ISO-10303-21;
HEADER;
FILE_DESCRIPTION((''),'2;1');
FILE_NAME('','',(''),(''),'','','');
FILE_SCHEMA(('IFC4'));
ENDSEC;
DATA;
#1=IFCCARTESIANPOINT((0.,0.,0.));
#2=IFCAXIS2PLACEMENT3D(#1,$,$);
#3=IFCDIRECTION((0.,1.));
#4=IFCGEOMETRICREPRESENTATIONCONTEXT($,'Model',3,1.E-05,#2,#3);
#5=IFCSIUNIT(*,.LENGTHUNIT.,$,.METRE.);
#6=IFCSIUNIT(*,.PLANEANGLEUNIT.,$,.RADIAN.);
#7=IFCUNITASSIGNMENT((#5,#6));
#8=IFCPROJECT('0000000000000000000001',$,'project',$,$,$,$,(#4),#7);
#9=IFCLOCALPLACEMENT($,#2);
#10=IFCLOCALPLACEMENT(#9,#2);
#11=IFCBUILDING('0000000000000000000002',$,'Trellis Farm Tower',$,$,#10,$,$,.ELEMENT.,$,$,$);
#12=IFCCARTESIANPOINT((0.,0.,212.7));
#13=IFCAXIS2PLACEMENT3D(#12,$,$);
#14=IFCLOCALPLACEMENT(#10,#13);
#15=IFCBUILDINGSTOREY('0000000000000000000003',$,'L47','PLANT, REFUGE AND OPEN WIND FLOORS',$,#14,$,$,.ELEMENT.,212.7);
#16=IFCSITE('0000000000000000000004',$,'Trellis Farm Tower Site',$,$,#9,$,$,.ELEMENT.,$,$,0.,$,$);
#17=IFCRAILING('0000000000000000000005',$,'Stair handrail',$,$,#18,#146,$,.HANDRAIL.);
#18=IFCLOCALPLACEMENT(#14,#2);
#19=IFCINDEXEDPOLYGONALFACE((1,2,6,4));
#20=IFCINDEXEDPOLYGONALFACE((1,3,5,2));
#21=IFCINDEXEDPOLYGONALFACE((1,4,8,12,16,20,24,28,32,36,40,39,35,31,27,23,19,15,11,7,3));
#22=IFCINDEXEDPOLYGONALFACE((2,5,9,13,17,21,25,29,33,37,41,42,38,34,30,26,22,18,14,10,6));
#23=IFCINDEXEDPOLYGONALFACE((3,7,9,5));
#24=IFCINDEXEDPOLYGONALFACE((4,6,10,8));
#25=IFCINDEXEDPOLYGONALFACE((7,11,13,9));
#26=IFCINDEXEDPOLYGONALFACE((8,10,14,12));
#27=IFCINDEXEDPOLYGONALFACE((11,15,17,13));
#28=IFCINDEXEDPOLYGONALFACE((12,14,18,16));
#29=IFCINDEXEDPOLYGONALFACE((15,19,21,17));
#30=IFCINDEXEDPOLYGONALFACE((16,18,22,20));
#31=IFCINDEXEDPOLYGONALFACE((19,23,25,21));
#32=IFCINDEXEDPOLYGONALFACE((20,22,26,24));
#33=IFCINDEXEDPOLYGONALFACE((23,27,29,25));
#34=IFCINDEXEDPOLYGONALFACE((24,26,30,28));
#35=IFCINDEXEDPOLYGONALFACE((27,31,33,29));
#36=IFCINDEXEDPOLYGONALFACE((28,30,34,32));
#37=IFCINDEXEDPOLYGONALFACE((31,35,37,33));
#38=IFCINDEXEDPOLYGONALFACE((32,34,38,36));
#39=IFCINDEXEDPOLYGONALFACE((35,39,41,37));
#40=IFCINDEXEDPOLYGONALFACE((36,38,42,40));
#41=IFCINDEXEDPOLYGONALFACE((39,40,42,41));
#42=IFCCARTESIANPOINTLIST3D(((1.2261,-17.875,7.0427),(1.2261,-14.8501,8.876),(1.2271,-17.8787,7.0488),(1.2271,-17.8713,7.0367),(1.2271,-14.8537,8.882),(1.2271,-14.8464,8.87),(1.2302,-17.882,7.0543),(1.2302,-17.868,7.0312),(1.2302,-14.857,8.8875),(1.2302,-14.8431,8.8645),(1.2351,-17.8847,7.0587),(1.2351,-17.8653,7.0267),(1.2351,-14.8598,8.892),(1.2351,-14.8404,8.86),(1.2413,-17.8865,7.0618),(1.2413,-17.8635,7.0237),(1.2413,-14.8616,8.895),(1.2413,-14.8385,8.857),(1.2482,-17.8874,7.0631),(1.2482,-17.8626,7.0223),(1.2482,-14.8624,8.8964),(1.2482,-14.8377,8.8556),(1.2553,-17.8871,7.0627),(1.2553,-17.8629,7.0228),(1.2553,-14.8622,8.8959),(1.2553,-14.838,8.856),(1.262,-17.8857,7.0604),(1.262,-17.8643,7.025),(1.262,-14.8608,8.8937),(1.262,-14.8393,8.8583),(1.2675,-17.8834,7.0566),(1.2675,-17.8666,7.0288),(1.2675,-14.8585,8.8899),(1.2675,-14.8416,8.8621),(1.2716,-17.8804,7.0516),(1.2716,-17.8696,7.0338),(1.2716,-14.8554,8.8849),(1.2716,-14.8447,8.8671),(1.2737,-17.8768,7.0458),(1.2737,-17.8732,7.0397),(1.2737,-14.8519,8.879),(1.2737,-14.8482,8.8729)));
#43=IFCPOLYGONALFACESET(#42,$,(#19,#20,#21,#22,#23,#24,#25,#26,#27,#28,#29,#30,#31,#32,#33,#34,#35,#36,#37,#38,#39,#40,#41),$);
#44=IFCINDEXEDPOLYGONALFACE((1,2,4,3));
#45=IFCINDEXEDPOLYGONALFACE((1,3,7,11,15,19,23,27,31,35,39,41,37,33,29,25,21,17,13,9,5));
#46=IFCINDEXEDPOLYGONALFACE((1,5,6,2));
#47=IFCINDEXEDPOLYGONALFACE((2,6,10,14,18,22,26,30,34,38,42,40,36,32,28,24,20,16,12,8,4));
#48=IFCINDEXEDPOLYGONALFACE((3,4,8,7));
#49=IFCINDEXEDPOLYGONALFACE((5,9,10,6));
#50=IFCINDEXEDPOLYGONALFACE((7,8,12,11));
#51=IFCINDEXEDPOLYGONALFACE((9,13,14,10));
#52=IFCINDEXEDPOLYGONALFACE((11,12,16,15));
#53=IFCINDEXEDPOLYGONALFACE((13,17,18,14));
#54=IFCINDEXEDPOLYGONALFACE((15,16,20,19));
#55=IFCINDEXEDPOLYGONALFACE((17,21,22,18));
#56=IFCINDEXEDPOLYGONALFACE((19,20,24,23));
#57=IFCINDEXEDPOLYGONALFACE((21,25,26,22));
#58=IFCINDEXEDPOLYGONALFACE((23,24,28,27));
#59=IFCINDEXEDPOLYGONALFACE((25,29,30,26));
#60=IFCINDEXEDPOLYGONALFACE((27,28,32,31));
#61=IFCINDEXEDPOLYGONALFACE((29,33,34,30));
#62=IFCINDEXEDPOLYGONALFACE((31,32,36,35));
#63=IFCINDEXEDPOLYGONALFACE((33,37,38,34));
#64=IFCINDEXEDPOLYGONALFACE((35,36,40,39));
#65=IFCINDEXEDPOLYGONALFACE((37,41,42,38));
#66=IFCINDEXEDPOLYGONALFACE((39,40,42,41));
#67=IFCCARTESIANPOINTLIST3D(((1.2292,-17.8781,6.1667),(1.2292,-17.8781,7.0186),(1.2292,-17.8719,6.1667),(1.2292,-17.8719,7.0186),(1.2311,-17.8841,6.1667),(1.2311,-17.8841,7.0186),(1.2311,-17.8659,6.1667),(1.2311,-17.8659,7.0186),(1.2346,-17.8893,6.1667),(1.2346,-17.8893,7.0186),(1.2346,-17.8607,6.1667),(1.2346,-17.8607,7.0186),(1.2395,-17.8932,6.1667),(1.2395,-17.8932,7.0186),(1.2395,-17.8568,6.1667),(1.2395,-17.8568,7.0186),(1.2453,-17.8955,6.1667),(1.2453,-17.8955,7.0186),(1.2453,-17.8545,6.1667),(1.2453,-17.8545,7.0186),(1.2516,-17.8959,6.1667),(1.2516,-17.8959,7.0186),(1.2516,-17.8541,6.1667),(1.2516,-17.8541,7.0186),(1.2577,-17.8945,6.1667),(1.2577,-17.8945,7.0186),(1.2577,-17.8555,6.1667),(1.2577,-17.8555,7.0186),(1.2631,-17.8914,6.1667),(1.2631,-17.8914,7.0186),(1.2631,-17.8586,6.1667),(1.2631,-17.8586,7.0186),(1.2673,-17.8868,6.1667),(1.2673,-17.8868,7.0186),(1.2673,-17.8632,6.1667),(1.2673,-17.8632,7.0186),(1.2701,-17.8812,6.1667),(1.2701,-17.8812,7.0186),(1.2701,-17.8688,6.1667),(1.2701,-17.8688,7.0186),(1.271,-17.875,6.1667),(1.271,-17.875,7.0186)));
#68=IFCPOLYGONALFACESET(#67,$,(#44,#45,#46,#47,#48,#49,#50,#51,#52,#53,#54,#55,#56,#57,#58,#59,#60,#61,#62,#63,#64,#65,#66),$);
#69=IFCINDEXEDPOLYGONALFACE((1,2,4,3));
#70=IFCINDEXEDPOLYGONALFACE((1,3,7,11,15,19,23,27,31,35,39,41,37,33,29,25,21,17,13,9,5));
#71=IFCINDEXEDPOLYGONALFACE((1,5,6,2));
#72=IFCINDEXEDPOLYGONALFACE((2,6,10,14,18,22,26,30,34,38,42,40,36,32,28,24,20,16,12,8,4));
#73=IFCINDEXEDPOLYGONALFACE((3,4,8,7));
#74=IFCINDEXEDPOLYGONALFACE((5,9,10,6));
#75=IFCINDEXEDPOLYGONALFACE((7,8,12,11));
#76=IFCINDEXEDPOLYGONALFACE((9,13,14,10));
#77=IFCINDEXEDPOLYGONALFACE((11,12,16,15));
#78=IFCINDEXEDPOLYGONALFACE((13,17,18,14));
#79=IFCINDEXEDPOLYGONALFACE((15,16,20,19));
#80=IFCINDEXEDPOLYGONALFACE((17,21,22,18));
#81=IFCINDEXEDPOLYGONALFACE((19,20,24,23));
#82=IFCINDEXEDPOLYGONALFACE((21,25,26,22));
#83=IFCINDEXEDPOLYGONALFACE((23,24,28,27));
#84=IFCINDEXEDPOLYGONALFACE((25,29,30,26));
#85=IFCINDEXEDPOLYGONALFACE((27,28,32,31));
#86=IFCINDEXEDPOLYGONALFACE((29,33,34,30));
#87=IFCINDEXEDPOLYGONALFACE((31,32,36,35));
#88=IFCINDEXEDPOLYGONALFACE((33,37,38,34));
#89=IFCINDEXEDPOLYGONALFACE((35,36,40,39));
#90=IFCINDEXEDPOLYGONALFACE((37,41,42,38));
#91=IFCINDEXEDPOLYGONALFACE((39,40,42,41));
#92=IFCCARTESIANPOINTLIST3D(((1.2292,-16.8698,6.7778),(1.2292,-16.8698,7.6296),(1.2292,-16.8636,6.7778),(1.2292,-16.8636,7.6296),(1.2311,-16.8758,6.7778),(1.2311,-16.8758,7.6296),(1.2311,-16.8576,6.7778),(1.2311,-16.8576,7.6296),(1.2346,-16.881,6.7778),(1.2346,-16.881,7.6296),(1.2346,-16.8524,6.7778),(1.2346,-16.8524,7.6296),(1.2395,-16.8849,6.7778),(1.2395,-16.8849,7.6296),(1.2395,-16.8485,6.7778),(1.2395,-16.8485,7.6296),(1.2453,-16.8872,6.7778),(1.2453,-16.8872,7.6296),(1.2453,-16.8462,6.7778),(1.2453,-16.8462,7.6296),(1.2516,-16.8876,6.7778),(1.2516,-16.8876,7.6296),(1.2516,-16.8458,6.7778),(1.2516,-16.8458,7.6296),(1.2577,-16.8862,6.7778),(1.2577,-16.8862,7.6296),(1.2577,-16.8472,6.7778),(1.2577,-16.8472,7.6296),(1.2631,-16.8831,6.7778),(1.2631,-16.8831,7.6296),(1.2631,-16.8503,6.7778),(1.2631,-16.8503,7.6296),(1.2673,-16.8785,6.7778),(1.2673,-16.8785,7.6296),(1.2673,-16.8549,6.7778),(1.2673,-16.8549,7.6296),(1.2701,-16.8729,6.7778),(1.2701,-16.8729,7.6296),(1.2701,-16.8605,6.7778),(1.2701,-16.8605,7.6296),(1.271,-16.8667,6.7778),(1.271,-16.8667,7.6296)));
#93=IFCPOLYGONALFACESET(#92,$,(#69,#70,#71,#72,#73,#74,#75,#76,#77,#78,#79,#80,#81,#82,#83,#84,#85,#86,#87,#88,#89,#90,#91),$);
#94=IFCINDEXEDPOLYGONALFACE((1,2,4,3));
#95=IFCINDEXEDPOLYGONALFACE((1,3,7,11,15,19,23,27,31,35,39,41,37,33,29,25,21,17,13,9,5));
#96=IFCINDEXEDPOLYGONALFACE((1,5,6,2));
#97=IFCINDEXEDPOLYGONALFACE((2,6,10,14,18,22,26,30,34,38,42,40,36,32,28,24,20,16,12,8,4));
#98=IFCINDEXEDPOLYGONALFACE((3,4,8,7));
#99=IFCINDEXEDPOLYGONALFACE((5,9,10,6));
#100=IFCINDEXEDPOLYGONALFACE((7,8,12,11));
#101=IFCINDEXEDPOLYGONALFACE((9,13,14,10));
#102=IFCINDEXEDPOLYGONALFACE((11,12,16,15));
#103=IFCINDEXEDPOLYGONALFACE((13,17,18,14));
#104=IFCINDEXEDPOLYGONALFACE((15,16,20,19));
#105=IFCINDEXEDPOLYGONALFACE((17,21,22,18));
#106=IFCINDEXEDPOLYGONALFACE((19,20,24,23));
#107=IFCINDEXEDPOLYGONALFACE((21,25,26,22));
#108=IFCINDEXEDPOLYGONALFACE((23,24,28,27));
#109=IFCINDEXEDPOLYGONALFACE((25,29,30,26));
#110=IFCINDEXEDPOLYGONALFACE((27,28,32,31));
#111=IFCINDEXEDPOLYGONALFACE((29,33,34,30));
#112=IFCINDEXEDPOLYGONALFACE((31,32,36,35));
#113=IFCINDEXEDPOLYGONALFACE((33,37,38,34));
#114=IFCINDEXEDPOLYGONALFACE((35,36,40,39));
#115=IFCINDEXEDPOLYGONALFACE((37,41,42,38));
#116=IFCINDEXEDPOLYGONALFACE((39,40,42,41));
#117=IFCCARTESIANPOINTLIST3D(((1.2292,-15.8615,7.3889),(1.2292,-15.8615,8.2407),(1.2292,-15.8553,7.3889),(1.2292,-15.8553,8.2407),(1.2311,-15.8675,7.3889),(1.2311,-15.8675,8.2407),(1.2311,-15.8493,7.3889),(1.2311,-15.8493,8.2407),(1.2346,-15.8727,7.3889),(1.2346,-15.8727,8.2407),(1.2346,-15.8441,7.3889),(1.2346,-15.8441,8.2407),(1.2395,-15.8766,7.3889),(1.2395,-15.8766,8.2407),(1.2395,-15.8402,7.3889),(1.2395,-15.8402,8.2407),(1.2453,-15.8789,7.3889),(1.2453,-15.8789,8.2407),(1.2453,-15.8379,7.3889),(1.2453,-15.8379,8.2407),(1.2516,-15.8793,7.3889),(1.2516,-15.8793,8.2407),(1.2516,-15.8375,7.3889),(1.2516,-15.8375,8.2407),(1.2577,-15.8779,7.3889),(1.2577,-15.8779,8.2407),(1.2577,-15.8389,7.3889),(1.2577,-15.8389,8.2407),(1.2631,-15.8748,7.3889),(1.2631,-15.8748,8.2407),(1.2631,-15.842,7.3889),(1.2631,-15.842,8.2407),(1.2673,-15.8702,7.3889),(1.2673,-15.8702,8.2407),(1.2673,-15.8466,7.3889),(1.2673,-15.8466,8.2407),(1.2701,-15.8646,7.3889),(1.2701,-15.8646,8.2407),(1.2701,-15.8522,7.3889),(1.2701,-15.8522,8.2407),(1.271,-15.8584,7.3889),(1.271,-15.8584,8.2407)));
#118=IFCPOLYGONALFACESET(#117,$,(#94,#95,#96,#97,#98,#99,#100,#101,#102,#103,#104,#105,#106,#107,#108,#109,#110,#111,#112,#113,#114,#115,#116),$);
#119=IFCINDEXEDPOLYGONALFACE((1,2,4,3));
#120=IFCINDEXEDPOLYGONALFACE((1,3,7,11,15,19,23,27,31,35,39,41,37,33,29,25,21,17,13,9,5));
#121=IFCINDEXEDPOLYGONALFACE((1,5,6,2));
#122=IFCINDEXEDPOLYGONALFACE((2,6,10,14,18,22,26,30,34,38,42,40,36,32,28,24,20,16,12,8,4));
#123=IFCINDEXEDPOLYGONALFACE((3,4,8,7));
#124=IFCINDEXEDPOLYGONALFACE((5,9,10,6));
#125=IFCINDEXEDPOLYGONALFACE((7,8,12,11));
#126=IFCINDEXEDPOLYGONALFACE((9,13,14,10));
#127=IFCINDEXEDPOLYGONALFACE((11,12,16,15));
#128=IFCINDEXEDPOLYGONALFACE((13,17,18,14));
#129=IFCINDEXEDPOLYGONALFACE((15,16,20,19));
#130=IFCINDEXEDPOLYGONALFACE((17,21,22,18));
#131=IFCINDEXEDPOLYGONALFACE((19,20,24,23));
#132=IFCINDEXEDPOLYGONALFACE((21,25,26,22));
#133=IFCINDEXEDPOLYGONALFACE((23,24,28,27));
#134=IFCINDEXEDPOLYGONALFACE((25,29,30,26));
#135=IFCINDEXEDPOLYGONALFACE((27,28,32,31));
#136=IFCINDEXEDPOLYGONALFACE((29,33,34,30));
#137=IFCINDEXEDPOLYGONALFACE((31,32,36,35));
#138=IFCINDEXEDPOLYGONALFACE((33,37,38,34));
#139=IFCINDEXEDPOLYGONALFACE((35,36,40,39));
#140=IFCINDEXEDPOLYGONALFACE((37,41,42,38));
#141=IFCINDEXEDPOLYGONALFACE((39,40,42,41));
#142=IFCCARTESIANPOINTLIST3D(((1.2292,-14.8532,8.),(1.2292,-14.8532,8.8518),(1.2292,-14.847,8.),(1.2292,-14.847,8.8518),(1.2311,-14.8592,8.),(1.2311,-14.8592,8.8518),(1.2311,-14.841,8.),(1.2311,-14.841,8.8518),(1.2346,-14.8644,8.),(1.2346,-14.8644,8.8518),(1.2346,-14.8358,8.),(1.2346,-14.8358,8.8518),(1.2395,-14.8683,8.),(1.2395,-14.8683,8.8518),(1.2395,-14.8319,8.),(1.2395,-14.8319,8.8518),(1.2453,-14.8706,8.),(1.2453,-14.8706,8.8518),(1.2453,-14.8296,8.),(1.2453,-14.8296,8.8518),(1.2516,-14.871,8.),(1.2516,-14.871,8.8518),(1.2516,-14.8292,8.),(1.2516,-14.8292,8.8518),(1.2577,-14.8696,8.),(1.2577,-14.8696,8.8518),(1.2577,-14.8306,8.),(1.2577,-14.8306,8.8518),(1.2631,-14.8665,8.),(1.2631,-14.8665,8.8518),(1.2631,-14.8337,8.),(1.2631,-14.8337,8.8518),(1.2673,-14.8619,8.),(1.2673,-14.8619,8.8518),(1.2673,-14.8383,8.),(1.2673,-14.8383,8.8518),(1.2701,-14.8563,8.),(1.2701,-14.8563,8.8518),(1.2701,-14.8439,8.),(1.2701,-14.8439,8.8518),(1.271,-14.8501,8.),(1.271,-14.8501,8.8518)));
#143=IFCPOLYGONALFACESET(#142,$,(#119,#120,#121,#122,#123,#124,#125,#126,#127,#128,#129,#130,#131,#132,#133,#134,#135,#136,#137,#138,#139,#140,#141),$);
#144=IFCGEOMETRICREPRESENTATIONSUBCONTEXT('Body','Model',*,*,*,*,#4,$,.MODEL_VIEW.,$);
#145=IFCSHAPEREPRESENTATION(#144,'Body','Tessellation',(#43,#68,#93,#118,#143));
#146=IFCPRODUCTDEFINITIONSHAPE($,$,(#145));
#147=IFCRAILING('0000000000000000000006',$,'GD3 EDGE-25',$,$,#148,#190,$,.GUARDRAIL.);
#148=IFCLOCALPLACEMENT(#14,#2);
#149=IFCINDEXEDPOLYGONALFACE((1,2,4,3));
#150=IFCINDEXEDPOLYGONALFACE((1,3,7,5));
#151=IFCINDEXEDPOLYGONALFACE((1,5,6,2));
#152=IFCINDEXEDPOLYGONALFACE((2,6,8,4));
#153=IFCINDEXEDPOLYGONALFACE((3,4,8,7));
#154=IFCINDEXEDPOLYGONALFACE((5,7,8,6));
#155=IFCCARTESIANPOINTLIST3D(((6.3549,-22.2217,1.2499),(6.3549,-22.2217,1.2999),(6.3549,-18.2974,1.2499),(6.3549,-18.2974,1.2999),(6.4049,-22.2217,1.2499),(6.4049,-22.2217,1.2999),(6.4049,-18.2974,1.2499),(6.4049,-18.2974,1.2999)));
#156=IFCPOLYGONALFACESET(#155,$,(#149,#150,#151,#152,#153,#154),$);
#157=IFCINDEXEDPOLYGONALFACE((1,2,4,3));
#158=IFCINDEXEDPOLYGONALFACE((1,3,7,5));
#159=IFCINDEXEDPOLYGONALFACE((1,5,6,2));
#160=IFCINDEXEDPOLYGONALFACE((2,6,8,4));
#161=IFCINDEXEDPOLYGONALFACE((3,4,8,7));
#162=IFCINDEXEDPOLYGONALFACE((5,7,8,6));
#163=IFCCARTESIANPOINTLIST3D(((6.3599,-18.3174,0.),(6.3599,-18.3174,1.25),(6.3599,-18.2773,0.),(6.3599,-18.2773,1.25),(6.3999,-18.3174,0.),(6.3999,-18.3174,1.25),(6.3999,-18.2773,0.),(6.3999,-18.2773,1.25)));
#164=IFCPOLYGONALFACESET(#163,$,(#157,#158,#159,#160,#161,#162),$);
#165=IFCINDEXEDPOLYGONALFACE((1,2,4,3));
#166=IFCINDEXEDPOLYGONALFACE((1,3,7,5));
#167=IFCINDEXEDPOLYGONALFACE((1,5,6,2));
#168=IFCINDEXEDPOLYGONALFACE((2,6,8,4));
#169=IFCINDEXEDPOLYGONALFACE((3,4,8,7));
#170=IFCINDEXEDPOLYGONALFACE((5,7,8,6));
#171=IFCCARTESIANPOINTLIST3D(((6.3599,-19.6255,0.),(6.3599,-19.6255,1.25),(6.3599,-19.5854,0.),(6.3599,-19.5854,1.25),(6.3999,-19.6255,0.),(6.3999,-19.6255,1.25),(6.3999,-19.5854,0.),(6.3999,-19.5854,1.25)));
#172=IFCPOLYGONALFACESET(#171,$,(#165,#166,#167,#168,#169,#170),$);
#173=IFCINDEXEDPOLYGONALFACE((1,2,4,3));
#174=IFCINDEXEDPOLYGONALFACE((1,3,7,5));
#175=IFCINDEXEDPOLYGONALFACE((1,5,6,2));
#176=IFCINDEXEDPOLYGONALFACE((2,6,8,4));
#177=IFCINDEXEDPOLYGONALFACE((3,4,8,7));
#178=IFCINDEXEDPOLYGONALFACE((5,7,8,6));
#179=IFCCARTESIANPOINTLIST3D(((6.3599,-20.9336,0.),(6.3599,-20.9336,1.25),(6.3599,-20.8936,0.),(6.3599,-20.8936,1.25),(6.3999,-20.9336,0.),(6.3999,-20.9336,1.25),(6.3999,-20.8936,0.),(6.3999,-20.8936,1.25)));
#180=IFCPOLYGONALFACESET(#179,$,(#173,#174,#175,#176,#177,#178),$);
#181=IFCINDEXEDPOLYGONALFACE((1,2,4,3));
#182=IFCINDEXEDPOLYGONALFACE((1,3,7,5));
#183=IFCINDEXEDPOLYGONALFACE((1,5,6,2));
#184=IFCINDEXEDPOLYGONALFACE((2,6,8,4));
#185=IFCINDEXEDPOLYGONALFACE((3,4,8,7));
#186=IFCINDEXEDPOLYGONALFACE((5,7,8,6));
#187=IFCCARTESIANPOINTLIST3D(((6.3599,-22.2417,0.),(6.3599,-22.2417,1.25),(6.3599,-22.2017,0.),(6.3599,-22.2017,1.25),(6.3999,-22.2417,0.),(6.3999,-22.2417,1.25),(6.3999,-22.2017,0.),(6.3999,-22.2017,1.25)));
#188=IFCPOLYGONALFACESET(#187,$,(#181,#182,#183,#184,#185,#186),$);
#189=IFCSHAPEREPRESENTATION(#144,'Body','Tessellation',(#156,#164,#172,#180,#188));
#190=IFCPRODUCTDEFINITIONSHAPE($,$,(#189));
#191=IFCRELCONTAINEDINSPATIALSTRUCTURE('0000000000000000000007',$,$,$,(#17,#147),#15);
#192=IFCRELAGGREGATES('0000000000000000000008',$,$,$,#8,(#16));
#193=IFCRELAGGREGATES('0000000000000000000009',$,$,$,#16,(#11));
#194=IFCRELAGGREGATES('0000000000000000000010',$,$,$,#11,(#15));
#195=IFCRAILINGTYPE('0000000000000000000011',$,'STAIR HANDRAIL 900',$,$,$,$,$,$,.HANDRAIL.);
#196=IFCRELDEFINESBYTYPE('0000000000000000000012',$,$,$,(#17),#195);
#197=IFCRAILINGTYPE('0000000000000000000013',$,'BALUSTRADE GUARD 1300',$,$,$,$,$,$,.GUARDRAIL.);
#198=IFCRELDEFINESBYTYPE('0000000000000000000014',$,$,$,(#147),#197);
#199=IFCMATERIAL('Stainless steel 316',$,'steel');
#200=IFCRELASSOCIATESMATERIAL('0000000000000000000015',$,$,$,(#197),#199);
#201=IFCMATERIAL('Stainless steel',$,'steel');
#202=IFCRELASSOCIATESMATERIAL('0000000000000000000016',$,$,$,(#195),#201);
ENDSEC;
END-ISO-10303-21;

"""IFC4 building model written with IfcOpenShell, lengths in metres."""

from ifc_helpers import new_model, si_unit, direction, frame, origin, origin_2d, place, context, subcontext, project, spatial, rectangle, circle, extrude, source, transform, mapped, material, type_object, element, save


model = new_model("IFC4")

# Units and contexts
model_context = context("Model", 3, precision=1e-05, world=origin(), true_north=direction((0.0, 1.0)))
body_context = subcontext(model_context, "Body", "Model", "MODEL_VIEW")
ifc_project = project(units=[si_unit("LENGTHUNIT", "METRE"), si_unit("PLANEANGLEUNIT", "RADIAN")], contexts=[model_context])

# Site, building, storey
site_placement = place(None, origin())
site = spatial("IfcSite", under=ifc_project, at=site_placement, Name="Trellis Farm Tower Site", CompositionType="ELEMENT", RefElevation=0.0)
building_placement = place(site_placement, origin())
building = spatial("IfcBuilding", under=site, at=building_placement, Name="Trellis Farm Tower", CompositionType="ELEMENT")
storey_placement = place(building_placement, frame((0.0, 0.0, 212.7)))
storey = spatial("IfcBuildingStorey", under=building, at=storey_placement, Name="L47", Description="PLANT, REFUGE AND OPEN WIND FLOORS", CompositionType="ELEMENT", Elevation=212.7)

# Railings
ifc_material_1 = material(Name="Stainless steel 316", Category="steel")
railing_type_1 = type_object("IfcRailingType", Name="BALUSTRADE GUARD 1300", PredefinedType="GUARDRAIL", material=ifc_material_1)
ifc_material_2 = material(Name="Stainless steel", Category="steel")
railing_type_2 = type_object("IfcRailingType", Name="STAIR HANDRAIL 900", PredefinedType="HANDRAIL", material=ifc_material_2)
shared_shape_1 = source(origin(), body_context, "Body", "SweptSolid", [
    extrude(circle(Radius=0.0239, at=origin_2d()), frame((0.0, 0.0, 0.876), z_axis=(0.0, 0.855201, 0.518297), x_axis=(-1.0, 0.0, 0.0)), (0.0, 0.0, 1.0), 3.5371),
    extrude(circle(Radius=0.021, at=origin_2d()), origin(), (0.0, 0.0, 1.0), 0.8518),
    extrude(circle(Radius=0.021, at=origin_2d()), frame((0.0, 1.0083, 0.6111)), (0.0, 0.0, 1.0), 0.8518),
    extrude(circle(Radius=0.021, at=origin_2d()), frame((0.0, 2.0166, 1.2222)), (0.0, 0.0, 1.0), 0.8518),
    extrude(circle(Radius=0.021, at=origin_2d()), frame((0.0, 3.0249, 1.8333)), (0.0, 0.0, 1.0), 0.8518),
])
for number, where, name in (
    (1, (1.25, -17.875, 6.1667), "Stair handrail"),
):
    element("IfcRailing", number, at=place(storey_placement, frame(where)), inside=storey, type_object=railing_type_2, Name=name, PredefinedType="HANDRAIL", context=body_context, shape_type="MappedRepresentation", body=[
        mapped(shared_shape_1, transform((0.0, 0.0, 0.0))),
    ])
shared_shape_2 = source(origin(), body_context, "Body", "SweptSolid", [
    extrude(rectangle(XDim=0.05, YDim=0.05, at=origin_2d()), frame((0.0, 0.0, 1.2749), z_axis=(0.0, -1.0, 0.0), x_axis=(1.0, 0.0, 0.0)), (0.0, 0.0, 1.0), 3.9243),
    extrude(rectangle(XDim=0.04, YDim=0.04, at=origin_2d()), origin(), (0.0, 0.0, 1.0), 1.25),
    extrude(rectangle(XDim=0.04, YDim=0.04, at=origin_2d()), frame((0.0, -1.3081, 0.0)), (0.0, 0.0, 1.0), 1.25),
    extrude(rectangle(XDim=0.04, YDim=0.04, at=origin_2d()), frame((0.0, -2.6162, 0.0)), (0.0, 0.0, 1.0), 1.25),
    extrude(rectangle(XDim=0.04, YDim=0.04, at=origin_2d()), frame((0.0, -3.9243, 0.0)), (0.0, 0.0, 1.0), 1.25),
])
railing_1_placement = place(storey_placement, frame((6.3799, -18.2974, 0.0)))
element("IfcRailing", 2, at=railing_1_placement, inside=storey, type_object=railing_type_1, Name="GD3 EDGE-25", PredefinedType="GUARDRAIL", context=body_context, shape_type="MappedRepresentation", body=[
    mapped(shared_shape_2, transform((0.0, 0.0, 0.0))),
])

save(model, "model.ifc")
